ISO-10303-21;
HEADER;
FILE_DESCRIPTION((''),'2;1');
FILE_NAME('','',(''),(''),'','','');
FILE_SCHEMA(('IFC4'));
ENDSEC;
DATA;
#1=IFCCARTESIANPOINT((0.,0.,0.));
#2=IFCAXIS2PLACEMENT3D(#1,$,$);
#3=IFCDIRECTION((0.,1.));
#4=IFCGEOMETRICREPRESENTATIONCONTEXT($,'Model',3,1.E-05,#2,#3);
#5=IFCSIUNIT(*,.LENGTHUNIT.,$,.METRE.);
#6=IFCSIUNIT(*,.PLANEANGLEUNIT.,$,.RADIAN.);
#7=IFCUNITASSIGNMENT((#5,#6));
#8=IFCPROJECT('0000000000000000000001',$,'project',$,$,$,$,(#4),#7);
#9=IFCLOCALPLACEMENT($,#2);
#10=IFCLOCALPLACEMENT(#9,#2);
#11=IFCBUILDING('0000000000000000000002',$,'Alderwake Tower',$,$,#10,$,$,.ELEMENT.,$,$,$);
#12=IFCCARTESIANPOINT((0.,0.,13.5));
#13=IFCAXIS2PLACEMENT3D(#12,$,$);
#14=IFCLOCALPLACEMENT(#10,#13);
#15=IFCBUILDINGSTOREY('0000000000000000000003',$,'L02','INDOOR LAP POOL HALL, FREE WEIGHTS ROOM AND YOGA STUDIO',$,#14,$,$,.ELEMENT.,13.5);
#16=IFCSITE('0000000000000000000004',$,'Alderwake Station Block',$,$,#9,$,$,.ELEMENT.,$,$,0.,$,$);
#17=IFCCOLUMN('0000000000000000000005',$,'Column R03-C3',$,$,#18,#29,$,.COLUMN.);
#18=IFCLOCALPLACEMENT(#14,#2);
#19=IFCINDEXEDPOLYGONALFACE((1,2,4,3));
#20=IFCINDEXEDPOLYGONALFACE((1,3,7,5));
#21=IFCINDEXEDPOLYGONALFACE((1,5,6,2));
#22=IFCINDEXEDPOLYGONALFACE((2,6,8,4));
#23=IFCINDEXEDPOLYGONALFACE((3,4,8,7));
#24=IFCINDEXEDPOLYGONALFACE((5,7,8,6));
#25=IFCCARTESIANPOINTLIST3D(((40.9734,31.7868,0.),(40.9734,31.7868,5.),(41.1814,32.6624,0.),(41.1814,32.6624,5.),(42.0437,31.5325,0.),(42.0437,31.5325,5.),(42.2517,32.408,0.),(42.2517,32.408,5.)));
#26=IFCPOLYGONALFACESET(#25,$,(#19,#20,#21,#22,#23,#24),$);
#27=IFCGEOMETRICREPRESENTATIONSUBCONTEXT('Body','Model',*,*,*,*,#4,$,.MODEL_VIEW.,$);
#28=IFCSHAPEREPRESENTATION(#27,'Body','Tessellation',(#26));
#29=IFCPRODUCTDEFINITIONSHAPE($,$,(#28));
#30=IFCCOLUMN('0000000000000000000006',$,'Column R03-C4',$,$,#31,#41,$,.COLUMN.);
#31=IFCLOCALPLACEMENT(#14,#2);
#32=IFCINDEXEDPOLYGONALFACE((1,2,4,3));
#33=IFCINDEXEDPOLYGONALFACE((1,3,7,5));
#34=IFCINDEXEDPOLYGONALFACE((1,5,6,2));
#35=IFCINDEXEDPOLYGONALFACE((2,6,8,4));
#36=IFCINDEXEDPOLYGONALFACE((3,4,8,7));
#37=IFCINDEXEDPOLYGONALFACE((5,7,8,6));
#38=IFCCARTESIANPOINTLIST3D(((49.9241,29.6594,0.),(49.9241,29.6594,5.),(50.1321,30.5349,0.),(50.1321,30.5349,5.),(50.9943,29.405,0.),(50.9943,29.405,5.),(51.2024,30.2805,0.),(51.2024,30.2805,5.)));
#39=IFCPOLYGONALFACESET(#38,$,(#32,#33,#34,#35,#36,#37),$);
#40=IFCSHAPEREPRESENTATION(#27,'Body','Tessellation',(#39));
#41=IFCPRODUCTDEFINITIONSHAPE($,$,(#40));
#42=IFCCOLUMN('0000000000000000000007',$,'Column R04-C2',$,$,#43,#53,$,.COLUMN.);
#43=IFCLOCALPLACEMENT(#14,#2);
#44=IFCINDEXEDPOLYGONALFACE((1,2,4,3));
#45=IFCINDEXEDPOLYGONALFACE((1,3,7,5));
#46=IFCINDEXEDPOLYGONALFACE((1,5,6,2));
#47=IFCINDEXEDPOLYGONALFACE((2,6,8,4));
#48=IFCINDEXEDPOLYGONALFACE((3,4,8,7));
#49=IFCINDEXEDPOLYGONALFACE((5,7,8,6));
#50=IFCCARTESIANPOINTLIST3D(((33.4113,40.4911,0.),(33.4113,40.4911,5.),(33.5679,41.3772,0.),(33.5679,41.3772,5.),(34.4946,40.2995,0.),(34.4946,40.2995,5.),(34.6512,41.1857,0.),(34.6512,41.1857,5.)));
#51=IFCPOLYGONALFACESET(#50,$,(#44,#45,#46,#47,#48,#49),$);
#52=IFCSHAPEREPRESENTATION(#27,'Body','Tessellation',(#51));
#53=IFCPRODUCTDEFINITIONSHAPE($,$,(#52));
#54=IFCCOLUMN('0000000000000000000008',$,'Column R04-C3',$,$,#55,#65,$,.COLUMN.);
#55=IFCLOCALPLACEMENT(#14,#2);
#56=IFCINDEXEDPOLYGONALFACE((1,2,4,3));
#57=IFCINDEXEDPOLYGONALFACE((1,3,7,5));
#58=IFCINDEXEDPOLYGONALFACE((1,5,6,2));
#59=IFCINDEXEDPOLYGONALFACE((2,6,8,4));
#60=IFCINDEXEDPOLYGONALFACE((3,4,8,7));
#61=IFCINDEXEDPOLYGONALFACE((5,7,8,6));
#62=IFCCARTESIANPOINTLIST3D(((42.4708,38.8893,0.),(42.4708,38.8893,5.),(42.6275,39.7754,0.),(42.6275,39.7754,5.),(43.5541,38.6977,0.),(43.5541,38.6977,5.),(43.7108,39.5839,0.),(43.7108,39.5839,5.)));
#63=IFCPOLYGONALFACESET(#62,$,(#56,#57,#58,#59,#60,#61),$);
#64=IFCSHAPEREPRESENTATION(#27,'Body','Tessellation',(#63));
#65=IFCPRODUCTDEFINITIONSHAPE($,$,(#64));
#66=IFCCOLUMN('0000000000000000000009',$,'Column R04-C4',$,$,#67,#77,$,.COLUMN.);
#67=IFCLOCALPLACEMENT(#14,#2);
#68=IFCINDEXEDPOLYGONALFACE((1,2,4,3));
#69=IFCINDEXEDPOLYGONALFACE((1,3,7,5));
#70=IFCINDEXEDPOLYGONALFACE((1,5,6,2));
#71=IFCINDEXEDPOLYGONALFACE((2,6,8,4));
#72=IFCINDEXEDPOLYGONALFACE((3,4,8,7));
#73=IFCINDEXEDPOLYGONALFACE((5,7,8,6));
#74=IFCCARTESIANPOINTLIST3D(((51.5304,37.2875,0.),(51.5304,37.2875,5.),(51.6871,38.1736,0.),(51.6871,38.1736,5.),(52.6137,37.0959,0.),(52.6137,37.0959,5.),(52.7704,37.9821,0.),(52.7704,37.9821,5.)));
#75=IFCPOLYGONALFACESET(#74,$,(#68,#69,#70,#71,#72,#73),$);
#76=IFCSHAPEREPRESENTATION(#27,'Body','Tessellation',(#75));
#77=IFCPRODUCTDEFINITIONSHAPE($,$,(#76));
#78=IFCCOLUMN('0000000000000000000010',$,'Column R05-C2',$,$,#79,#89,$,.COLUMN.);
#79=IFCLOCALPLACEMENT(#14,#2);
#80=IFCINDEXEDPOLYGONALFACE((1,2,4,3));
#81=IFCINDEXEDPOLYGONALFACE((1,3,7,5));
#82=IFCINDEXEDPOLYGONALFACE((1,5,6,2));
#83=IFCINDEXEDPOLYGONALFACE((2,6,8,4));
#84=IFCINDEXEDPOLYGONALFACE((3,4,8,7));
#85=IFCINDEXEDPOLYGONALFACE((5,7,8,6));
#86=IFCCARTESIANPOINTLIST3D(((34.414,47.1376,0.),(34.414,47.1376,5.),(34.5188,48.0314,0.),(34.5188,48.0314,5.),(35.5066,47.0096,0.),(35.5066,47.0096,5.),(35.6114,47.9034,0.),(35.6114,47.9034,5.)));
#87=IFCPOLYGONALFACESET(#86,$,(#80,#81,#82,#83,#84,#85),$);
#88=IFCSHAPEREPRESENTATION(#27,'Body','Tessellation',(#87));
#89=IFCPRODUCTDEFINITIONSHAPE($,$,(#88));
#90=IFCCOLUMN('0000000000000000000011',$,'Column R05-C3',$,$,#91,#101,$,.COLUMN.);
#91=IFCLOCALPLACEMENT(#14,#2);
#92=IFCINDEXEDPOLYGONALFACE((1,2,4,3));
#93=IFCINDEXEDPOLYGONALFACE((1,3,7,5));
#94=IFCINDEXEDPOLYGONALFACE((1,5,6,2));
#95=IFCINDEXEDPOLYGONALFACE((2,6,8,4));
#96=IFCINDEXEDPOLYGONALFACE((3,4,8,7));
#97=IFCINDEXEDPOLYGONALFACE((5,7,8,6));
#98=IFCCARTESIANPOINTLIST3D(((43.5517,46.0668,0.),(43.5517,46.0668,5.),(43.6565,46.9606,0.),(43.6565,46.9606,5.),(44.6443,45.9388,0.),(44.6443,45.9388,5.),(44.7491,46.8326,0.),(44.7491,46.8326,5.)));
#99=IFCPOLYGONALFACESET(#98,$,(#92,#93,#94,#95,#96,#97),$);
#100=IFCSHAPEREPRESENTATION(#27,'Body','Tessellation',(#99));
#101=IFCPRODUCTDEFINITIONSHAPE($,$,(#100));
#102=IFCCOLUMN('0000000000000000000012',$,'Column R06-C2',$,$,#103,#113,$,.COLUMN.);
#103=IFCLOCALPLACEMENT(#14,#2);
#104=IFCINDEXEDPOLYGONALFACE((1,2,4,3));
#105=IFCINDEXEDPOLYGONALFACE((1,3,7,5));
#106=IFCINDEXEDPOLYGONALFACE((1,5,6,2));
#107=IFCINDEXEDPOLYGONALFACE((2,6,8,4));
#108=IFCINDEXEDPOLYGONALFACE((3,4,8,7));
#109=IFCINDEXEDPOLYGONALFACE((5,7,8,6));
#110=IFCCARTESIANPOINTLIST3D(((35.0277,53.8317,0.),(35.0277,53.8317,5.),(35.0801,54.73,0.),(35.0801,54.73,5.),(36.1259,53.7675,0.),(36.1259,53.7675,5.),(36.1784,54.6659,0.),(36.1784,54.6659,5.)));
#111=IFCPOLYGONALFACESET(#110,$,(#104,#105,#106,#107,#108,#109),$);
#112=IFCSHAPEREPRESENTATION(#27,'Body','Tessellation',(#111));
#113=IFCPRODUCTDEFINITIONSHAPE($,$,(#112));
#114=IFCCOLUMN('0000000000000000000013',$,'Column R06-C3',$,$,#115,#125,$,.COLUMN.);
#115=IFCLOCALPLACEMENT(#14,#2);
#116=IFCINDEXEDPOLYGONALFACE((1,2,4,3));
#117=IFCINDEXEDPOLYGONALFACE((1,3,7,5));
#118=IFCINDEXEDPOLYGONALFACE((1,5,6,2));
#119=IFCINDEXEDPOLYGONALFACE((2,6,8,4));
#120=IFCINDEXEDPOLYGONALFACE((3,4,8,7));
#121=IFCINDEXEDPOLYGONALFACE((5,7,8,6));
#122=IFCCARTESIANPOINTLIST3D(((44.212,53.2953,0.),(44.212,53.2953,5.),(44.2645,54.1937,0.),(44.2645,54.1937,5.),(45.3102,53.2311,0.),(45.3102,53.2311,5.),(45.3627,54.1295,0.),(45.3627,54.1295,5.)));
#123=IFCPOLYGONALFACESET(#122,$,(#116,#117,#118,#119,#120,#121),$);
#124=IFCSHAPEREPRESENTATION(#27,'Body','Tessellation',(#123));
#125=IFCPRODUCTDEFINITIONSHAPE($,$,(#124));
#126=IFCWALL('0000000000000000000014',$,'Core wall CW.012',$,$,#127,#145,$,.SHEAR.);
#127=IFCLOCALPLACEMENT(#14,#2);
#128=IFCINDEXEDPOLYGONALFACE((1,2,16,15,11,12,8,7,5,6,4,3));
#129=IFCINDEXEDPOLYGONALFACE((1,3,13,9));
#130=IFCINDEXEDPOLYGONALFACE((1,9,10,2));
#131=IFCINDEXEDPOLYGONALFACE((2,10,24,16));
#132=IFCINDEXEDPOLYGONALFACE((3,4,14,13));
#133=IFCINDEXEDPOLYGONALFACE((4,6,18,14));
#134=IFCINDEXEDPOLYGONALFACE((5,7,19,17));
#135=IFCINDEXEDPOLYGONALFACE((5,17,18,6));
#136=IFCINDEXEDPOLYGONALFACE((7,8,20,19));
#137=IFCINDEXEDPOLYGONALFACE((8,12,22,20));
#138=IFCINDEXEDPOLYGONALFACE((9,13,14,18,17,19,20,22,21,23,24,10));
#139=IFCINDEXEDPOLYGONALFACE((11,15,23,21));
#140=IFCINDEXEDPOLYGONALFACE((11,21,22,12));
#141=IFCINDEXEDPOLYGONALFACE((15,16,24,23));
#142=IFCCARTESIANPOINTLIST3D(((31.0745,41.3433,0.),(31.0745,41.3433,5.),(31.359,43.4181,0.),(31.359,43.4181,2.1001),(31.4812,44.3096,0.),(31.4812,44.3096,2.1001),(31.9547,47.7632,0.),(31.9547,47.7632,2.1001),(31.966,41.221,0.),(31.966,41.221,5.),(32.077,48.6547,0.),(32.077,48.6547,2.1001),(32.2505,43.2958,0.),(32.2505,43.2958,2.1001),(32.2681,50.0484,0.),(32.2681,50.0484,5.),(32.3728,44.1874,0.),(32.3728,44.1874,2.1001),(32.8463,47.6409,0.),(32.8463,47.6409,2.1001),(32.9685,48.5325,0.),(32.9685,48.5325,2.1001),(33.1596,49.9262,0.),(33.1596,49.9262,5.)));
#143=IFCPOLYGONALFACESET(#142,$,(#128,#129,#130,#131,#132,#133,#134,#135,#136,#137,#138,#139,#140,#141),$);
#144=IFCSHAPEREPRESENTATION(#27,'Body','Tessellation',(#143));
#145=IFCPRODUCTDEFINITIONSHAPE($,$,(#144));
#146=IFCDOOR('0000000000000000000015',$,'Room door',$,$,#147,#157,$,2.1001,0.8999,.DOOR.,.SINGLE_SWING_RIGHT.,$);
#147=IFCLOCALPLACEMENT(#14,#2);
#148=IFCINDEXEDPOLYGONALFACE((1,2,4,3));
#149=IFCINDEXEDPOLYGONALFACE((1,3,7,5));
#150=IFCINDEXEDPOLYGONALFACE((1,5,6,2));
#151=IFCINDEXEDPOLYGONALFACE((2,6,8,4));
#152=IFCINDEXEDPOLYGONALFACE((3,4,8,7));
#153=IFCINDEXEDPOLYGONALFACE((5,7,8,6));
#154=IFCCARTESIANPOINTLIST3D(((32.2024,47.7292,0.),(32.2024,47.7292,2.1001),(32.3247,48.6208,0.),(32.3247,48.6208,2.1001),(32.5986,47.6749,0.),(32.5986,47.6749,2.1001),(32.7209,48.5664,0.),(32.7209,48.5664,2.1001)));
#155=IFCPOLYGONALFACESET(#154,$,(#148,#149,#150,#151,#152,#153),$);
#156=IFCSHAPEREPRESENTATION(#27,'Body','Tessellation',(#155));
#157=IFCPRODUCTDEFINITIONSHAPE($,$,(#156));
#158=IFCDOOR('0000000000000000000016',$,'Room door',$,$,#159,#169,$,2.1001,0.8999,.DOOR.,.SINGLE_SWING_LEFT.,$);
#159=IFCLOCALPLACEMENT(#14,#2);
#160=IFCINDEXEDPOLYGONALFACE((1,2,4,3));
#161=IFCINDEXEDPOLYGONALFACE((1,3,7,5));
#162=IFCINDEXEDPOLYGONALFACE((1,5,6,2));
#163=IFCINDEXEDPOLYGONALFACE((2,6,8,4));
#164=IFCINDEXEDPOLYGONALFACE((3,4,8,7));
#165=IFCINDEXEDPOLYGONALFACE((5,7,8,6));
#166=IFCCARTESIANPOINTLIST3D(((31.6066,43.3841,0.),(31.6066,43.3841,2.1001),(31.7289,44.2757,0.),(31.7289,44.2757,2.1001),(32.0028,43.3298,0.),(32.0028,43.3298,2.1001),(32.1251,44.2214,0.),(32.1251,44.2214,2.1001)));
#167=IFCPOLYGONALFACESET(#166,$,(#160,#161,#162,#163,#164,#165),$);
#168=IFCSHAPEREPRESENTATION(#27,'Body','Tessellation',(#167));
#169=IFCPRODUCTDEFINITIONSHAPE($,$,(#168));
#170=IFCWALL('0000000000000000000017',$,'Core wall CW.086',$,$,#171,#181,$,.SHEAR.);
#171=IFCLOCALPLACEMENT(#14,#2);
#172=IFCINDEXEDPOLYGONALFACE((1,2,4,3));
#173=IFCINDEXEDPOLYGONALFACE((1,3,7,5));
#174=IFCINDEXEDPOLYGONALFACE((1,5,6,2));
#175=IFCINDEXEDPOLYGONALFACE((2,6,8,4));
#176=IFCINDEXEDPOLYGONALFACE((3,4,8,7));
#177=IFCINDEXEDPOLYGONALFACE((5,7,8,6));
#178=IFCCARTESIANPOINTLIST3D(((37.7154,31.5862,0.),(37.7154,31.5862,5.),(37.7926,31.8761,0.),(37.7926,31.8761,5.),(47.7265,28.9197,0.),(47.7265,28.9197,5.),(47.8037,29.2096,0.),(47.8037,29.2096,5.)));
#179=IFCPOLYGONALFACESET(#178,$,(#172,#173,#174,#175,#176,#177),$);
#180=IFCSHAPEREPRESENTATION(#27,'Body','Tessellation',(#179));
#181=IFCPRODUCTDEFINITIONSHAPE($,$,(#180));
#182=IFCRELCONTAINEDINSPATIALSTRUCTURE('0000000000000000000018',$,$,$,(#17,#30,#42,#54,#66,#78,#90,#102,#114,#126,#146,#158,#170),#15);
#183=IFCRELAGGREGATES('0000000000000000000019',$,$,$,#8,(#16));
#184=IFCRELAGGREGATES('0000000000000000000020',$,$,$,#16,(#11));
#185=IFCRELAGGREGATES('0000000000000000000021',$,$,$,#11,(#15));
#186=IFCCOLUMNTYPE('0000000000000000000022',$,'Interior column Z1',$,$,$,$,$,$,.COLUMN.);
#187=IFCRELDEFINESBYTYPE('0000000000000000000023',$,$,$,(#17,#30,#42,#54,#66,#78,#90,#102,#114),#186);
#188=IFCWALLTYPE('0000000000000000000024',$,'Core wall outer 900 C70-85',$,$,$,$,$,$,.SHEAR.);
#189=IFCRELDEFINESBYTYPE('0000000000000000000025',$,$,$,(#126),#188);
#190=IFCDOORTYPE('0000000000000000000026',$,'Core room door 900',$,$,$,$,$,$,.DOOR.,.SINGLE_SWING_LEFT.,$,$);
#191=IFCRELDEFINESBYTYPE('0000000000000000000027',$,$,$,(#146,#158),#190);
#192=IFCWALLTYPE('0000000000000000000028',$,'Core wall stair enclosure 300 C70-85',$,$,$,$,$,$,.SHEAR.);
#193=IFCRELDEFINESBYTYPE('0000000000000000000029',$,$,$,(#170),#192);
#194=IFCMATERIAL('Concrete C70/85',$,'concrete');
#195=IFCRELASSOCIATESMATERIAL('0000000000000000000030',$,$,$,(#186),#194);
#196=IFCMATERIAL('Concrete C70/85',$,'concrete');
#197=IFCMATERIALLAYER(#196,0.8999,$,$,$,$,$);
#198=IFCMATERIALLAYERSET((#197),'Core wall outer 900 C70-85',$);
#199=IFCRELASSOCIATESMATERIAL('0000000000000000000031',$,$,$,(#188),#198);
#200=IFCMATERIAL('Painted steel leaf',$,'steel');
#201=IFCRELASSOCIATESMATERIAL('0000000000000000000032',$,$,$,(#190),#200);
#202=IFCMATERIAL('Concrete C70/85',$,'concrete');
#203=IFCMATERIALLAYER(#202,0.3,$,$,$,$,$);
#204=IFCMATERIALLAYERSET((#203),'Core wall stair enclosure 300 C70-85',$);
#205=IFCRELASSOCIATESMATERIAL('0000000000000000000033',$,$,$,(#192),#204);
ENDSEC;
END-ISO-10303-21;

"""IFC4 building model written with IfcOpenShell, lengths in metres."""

from ifc_helpers import new_model, si_unit, direction, frame, frame_2d, origin, origin_2d, place, context, subcontext, project, spatial, rectangle, extrude, material, layer, layer_set, material_profile, profile_set, type_object, element, fill, save


model = new_model("IFC4")

# Units and contexts
model_context = context("Model", 3, precision=1e-05, world=origin(), true_north=direction((0.0, 1.0)))
body_context = subcontext(model_context, "Body", "Model", "MODEL_VIEW")
ifc_project = project(units=[si_unit("LENGTHUNIT", "METRE"), si_unit("PLANEANGLEUNIT", "RADIAN")], contexts=[model_context])

# Site, building, storey
site_placement = place(None, origin())
site = spatial("IfcSite", under=ifc_project, at=site_placement, Name="Alderwake Station Block", CompositionType="ELEMENT", RefElevation=0.0)
building_placement = place(site_placement, origin())
building = spatial("IfcBuilding", under=site, at=building_placement, Name="Alderwake Tower", CompositionType="ELEMENT")
storey_placement = place(building_placement, frame((0.0, 0.0, 13.5)))
storey = spatial("IfcBuildingStorey", under=building, at=storey_placement, Name="L02", Description="INDOOR LAP POOL HALL, FREE WEIGHTS ROOM AND YOGA STUDIO", CompositionType="ELEMENT", Elevation=13.5)

# Columns
ifc_material_1 = material(Name="Concrete C70/85", Category="concrete")
ifc_material_profile = material_profile(ifc_material_1, rectangle(XDim=0.8999, YDim=1.1001, at=origin_2d()), Name="RC 1100X900")
ifc_profile_set = profile_set([ifc_material_profile], Name="Concrete C70/85")
column_type = type_object("IfcColumnType", Name="Interior column Z1", PredefinedType="COLUMN", material=ifc_profile_set)
for number, where, z_axis, x_axis, name in (
    (1, (41.6125, 32.0974, 0.0), (0.0, 0.0, 1.0), (0.231222, 0.972901, 0.0), "Column R03-C3"),
    (2, (50.5632, 29.97, 0.0), (0.0, 0.0, 1.0), (0.231222, 0.972901, 0.0), "Column R03-C4"),
    (3, (34.0312, 40.8384, 0.0), (0.0, 0.0, 1.0), (0.174109, 0.984726, 0.0), "Column R04-C2"),
    (4, (43.0908, 39.2366, 0.0), (0.0, 0.0, 1.0), (0.174109, 0.984726, 0.0), "Column R04-C3"),
    (5, (52.1504, 37.6348, 0.0), (0.0, 0.0, 1.0), (0.174109, 0.984726, 0.0), "Column R04-C4"),
    (6, (35.0127, 47.5205, 0.0), (0.0, 0.0, 1.0), (0.116402, 0.993202, 0.0), "Column R05-C2"),
    (7, (44.1504, 46.4497, 0.0), (0.0, 0.0, 1.0), (0.116402, 0.993202, 0.0), "Column R05-C3"),
    (8, (35.603, 54.2488, 0.0), (0.0, 0.0, 1.0), (0.058301, 0.998299, 0.0), "Column R06-C2"),
    (9, (44.7874, 53.7124, 0.0), (0.0, 0.0, 1.0), (0.058299, 0.998299, 0.0), "Column R06-C3"),
):
    element("IfcColumn", number, at=place(storey_placement, frame(where, z_axis=z_axis, x_axis=x_axis)), inside=storey, type_object=column_type, Name=name, PredefinedType="COLUMN", context=body_context, shape_type="SweptSolid", body=[
        extrude(rectangle(XDim=0.8999, YDim=1.1001, at=origin_2d()), origin(), (0.0, 0.0, 1.0), 5.0),
    ])

# Wall, openings, doors
ifc_material_2 = material(Name="Concrete C70/85", Category="concrete")
ifc_layer_1 = layer(ifc_material_2, 0.8999)
ifc_layer_set_1 = layer_set([ifc_layer_1], Name="Core wall outer 900 C70-85")
wall_type_1 = type_object("IfcWallType", Name="Core wall outer 900 C70-85", PredefinedType="SHEAR", material=ifc_layer_set_1)
wall_1_placement = place(storey_placement, frame((32.7139, 49.9873, 0.0), z_axis=(0.0, 0.0, 1.0), x_axis=(-0.135845, -0.99073, 0.0)))
wall_1 = element("IfcWall", 10, at=wall_1_placement, inside=storey, type_object=wall_type_1, Name="Core wall CW.012", PredefinedType="SHEAR", context=body_context, shape_type="SweptSolid", body=[
    extrude(rectangle(XDim=8.7866, YDim=0.8999, at=frame_2d((4.3933, 0.0))), origin(), (0.0, 0.0, 1.0), 5.0),
])
opening_1_placement = place(wall_1_placement, frame((1.4067, 0.0, 0.0)))
opening_1 = element("IfcOpeningElement", 11, at=opening_1_placement, cuts=wall_1, PredefinedType="OPENING", context=body_context, shape_type="SweptSolid", body=[
    extrude(rectangle(XDim=0.8999, YDim=2.1001, at=frame_2d((0.45, 1.05))), frame((0.0, 0.46, 0.0), z_axis=(0.0, -1.0, 0.0), x_axis=(1.0, 0.0, 0.0)), (0.0, 0.0, 1.0), 0.9199),
])
opening_2_placement = place(wall_1_placement, frame((5.7925, 0.0, 0.0)))
opening_2 = element("IfcOpeningElement", 12, at=opening_2_placement, cuts=wall_1, PredefinedType="OPENING", context=body_context, shape_type="SweptSolid", body=[
    extrude(rectangle(XDim=0.8999, YDim=2.1001, at=frame_2d((0.45, 1.05))), frame((0.0, 0.46, 0.0), z_axis=(0.0, -1.0, 0.0), x_axis=(1.0, 0.0, 0.0)), (0.0, 0.0, 1.0), 0.9199),
])
ifc_material_3 = material(Name="Painted steel leaf", Category="steel")
door_type_1 = type_object("IfcDoorType", Name="Core room door 900", OperationType="SINGLE_SWING_LEFT", PredefinedType="DOOR", material=ifc_material_3)
door_1_placement = place(opening_1_placement, origin())
door_1 = element("IfcDoor", 13, at=door_1_placement, inside=storey, type_object=door_type_1, Name="Room door", OperationType="SINGLE_SWING_RIGHT", OverallHeight=2.1001, OverallWidth=0.8999, PredefinedType="DOOR", context=body_context, shape_type="SweptSolid", body=[
    extrude(rectangle(XDim=0.8999, YDim=2.1001, at=frame_2d((0.45, 1.05))), frame((0.0, 0.2, 0.0), z_axis=(0.0, -1.0, 0.0), x_axis=(1.0, 0.0, 0.0)), (0.0, 0.0, 1.0), 0.3999),
])
fill(opening_1, door_1)
door_2_placement = place(opening_2_placement, origin())
door_2 = element("IfcDoor", 14, at=door_2_placement, inside=storey, type_object=door_type_1, Name="Room door", OperationType="SINGLE_SWING_LEFT", OverallHeight=2.1001, OverallWidth=0.8999, PredefinedType="DOOR", context=body_context, shape_type="SweptSolid", body=[
    extrude(rectangle(XDim=0.8999, YDim=2.1001, at=frame_2d((0.45, 1.05))), frame((0.0, 0.2, 0.0), z_axis=(0.0, -1.0, 0.0), x_axis=(1.0, 0.0, 0.0)), (0.0, 0.0, 1.0), 0.3999),
])
fill(opening_2, door_2)

# Wall
ifc_material_4 = material(Name="Concrete C70/85", Category="concrete")
ifc_layer_2 = layer(ifc_material_4, 0.3)
ifc_layer_set_2 = layer_set([ifc_layer_2], Name="Core wall stair enclosure 300 C70-85")
wall_type_2 = type_object("IfcWallType", Name="Core wall stair enclosure 300 C70-85", PredefinedType="SHEAR", material=ifc_layer_set_2)
wall_2_placement = place(storey_placement, frame((37.7539, 31.7312, 0.0), z_axis=(0.0, 0.0, 1.0), x_axis=(0.966309, -0.257384, 0.0)))
element("IfcWall", 15, at=wall_2_placement, inside=storey, type_object=wall_type_2, Name="Core wall CW.086", PredefinedType="SHEAR", context=body_context, shape_type="SweptSolid", body=[
    extrude(rectangle(XDim=10.3601, YDim=0.3, at=frame_2d((5.1802, 0.0))), origin(), (0.0, 0.0, 1.0), 5.0),
])

save(model, "model.ifc")
